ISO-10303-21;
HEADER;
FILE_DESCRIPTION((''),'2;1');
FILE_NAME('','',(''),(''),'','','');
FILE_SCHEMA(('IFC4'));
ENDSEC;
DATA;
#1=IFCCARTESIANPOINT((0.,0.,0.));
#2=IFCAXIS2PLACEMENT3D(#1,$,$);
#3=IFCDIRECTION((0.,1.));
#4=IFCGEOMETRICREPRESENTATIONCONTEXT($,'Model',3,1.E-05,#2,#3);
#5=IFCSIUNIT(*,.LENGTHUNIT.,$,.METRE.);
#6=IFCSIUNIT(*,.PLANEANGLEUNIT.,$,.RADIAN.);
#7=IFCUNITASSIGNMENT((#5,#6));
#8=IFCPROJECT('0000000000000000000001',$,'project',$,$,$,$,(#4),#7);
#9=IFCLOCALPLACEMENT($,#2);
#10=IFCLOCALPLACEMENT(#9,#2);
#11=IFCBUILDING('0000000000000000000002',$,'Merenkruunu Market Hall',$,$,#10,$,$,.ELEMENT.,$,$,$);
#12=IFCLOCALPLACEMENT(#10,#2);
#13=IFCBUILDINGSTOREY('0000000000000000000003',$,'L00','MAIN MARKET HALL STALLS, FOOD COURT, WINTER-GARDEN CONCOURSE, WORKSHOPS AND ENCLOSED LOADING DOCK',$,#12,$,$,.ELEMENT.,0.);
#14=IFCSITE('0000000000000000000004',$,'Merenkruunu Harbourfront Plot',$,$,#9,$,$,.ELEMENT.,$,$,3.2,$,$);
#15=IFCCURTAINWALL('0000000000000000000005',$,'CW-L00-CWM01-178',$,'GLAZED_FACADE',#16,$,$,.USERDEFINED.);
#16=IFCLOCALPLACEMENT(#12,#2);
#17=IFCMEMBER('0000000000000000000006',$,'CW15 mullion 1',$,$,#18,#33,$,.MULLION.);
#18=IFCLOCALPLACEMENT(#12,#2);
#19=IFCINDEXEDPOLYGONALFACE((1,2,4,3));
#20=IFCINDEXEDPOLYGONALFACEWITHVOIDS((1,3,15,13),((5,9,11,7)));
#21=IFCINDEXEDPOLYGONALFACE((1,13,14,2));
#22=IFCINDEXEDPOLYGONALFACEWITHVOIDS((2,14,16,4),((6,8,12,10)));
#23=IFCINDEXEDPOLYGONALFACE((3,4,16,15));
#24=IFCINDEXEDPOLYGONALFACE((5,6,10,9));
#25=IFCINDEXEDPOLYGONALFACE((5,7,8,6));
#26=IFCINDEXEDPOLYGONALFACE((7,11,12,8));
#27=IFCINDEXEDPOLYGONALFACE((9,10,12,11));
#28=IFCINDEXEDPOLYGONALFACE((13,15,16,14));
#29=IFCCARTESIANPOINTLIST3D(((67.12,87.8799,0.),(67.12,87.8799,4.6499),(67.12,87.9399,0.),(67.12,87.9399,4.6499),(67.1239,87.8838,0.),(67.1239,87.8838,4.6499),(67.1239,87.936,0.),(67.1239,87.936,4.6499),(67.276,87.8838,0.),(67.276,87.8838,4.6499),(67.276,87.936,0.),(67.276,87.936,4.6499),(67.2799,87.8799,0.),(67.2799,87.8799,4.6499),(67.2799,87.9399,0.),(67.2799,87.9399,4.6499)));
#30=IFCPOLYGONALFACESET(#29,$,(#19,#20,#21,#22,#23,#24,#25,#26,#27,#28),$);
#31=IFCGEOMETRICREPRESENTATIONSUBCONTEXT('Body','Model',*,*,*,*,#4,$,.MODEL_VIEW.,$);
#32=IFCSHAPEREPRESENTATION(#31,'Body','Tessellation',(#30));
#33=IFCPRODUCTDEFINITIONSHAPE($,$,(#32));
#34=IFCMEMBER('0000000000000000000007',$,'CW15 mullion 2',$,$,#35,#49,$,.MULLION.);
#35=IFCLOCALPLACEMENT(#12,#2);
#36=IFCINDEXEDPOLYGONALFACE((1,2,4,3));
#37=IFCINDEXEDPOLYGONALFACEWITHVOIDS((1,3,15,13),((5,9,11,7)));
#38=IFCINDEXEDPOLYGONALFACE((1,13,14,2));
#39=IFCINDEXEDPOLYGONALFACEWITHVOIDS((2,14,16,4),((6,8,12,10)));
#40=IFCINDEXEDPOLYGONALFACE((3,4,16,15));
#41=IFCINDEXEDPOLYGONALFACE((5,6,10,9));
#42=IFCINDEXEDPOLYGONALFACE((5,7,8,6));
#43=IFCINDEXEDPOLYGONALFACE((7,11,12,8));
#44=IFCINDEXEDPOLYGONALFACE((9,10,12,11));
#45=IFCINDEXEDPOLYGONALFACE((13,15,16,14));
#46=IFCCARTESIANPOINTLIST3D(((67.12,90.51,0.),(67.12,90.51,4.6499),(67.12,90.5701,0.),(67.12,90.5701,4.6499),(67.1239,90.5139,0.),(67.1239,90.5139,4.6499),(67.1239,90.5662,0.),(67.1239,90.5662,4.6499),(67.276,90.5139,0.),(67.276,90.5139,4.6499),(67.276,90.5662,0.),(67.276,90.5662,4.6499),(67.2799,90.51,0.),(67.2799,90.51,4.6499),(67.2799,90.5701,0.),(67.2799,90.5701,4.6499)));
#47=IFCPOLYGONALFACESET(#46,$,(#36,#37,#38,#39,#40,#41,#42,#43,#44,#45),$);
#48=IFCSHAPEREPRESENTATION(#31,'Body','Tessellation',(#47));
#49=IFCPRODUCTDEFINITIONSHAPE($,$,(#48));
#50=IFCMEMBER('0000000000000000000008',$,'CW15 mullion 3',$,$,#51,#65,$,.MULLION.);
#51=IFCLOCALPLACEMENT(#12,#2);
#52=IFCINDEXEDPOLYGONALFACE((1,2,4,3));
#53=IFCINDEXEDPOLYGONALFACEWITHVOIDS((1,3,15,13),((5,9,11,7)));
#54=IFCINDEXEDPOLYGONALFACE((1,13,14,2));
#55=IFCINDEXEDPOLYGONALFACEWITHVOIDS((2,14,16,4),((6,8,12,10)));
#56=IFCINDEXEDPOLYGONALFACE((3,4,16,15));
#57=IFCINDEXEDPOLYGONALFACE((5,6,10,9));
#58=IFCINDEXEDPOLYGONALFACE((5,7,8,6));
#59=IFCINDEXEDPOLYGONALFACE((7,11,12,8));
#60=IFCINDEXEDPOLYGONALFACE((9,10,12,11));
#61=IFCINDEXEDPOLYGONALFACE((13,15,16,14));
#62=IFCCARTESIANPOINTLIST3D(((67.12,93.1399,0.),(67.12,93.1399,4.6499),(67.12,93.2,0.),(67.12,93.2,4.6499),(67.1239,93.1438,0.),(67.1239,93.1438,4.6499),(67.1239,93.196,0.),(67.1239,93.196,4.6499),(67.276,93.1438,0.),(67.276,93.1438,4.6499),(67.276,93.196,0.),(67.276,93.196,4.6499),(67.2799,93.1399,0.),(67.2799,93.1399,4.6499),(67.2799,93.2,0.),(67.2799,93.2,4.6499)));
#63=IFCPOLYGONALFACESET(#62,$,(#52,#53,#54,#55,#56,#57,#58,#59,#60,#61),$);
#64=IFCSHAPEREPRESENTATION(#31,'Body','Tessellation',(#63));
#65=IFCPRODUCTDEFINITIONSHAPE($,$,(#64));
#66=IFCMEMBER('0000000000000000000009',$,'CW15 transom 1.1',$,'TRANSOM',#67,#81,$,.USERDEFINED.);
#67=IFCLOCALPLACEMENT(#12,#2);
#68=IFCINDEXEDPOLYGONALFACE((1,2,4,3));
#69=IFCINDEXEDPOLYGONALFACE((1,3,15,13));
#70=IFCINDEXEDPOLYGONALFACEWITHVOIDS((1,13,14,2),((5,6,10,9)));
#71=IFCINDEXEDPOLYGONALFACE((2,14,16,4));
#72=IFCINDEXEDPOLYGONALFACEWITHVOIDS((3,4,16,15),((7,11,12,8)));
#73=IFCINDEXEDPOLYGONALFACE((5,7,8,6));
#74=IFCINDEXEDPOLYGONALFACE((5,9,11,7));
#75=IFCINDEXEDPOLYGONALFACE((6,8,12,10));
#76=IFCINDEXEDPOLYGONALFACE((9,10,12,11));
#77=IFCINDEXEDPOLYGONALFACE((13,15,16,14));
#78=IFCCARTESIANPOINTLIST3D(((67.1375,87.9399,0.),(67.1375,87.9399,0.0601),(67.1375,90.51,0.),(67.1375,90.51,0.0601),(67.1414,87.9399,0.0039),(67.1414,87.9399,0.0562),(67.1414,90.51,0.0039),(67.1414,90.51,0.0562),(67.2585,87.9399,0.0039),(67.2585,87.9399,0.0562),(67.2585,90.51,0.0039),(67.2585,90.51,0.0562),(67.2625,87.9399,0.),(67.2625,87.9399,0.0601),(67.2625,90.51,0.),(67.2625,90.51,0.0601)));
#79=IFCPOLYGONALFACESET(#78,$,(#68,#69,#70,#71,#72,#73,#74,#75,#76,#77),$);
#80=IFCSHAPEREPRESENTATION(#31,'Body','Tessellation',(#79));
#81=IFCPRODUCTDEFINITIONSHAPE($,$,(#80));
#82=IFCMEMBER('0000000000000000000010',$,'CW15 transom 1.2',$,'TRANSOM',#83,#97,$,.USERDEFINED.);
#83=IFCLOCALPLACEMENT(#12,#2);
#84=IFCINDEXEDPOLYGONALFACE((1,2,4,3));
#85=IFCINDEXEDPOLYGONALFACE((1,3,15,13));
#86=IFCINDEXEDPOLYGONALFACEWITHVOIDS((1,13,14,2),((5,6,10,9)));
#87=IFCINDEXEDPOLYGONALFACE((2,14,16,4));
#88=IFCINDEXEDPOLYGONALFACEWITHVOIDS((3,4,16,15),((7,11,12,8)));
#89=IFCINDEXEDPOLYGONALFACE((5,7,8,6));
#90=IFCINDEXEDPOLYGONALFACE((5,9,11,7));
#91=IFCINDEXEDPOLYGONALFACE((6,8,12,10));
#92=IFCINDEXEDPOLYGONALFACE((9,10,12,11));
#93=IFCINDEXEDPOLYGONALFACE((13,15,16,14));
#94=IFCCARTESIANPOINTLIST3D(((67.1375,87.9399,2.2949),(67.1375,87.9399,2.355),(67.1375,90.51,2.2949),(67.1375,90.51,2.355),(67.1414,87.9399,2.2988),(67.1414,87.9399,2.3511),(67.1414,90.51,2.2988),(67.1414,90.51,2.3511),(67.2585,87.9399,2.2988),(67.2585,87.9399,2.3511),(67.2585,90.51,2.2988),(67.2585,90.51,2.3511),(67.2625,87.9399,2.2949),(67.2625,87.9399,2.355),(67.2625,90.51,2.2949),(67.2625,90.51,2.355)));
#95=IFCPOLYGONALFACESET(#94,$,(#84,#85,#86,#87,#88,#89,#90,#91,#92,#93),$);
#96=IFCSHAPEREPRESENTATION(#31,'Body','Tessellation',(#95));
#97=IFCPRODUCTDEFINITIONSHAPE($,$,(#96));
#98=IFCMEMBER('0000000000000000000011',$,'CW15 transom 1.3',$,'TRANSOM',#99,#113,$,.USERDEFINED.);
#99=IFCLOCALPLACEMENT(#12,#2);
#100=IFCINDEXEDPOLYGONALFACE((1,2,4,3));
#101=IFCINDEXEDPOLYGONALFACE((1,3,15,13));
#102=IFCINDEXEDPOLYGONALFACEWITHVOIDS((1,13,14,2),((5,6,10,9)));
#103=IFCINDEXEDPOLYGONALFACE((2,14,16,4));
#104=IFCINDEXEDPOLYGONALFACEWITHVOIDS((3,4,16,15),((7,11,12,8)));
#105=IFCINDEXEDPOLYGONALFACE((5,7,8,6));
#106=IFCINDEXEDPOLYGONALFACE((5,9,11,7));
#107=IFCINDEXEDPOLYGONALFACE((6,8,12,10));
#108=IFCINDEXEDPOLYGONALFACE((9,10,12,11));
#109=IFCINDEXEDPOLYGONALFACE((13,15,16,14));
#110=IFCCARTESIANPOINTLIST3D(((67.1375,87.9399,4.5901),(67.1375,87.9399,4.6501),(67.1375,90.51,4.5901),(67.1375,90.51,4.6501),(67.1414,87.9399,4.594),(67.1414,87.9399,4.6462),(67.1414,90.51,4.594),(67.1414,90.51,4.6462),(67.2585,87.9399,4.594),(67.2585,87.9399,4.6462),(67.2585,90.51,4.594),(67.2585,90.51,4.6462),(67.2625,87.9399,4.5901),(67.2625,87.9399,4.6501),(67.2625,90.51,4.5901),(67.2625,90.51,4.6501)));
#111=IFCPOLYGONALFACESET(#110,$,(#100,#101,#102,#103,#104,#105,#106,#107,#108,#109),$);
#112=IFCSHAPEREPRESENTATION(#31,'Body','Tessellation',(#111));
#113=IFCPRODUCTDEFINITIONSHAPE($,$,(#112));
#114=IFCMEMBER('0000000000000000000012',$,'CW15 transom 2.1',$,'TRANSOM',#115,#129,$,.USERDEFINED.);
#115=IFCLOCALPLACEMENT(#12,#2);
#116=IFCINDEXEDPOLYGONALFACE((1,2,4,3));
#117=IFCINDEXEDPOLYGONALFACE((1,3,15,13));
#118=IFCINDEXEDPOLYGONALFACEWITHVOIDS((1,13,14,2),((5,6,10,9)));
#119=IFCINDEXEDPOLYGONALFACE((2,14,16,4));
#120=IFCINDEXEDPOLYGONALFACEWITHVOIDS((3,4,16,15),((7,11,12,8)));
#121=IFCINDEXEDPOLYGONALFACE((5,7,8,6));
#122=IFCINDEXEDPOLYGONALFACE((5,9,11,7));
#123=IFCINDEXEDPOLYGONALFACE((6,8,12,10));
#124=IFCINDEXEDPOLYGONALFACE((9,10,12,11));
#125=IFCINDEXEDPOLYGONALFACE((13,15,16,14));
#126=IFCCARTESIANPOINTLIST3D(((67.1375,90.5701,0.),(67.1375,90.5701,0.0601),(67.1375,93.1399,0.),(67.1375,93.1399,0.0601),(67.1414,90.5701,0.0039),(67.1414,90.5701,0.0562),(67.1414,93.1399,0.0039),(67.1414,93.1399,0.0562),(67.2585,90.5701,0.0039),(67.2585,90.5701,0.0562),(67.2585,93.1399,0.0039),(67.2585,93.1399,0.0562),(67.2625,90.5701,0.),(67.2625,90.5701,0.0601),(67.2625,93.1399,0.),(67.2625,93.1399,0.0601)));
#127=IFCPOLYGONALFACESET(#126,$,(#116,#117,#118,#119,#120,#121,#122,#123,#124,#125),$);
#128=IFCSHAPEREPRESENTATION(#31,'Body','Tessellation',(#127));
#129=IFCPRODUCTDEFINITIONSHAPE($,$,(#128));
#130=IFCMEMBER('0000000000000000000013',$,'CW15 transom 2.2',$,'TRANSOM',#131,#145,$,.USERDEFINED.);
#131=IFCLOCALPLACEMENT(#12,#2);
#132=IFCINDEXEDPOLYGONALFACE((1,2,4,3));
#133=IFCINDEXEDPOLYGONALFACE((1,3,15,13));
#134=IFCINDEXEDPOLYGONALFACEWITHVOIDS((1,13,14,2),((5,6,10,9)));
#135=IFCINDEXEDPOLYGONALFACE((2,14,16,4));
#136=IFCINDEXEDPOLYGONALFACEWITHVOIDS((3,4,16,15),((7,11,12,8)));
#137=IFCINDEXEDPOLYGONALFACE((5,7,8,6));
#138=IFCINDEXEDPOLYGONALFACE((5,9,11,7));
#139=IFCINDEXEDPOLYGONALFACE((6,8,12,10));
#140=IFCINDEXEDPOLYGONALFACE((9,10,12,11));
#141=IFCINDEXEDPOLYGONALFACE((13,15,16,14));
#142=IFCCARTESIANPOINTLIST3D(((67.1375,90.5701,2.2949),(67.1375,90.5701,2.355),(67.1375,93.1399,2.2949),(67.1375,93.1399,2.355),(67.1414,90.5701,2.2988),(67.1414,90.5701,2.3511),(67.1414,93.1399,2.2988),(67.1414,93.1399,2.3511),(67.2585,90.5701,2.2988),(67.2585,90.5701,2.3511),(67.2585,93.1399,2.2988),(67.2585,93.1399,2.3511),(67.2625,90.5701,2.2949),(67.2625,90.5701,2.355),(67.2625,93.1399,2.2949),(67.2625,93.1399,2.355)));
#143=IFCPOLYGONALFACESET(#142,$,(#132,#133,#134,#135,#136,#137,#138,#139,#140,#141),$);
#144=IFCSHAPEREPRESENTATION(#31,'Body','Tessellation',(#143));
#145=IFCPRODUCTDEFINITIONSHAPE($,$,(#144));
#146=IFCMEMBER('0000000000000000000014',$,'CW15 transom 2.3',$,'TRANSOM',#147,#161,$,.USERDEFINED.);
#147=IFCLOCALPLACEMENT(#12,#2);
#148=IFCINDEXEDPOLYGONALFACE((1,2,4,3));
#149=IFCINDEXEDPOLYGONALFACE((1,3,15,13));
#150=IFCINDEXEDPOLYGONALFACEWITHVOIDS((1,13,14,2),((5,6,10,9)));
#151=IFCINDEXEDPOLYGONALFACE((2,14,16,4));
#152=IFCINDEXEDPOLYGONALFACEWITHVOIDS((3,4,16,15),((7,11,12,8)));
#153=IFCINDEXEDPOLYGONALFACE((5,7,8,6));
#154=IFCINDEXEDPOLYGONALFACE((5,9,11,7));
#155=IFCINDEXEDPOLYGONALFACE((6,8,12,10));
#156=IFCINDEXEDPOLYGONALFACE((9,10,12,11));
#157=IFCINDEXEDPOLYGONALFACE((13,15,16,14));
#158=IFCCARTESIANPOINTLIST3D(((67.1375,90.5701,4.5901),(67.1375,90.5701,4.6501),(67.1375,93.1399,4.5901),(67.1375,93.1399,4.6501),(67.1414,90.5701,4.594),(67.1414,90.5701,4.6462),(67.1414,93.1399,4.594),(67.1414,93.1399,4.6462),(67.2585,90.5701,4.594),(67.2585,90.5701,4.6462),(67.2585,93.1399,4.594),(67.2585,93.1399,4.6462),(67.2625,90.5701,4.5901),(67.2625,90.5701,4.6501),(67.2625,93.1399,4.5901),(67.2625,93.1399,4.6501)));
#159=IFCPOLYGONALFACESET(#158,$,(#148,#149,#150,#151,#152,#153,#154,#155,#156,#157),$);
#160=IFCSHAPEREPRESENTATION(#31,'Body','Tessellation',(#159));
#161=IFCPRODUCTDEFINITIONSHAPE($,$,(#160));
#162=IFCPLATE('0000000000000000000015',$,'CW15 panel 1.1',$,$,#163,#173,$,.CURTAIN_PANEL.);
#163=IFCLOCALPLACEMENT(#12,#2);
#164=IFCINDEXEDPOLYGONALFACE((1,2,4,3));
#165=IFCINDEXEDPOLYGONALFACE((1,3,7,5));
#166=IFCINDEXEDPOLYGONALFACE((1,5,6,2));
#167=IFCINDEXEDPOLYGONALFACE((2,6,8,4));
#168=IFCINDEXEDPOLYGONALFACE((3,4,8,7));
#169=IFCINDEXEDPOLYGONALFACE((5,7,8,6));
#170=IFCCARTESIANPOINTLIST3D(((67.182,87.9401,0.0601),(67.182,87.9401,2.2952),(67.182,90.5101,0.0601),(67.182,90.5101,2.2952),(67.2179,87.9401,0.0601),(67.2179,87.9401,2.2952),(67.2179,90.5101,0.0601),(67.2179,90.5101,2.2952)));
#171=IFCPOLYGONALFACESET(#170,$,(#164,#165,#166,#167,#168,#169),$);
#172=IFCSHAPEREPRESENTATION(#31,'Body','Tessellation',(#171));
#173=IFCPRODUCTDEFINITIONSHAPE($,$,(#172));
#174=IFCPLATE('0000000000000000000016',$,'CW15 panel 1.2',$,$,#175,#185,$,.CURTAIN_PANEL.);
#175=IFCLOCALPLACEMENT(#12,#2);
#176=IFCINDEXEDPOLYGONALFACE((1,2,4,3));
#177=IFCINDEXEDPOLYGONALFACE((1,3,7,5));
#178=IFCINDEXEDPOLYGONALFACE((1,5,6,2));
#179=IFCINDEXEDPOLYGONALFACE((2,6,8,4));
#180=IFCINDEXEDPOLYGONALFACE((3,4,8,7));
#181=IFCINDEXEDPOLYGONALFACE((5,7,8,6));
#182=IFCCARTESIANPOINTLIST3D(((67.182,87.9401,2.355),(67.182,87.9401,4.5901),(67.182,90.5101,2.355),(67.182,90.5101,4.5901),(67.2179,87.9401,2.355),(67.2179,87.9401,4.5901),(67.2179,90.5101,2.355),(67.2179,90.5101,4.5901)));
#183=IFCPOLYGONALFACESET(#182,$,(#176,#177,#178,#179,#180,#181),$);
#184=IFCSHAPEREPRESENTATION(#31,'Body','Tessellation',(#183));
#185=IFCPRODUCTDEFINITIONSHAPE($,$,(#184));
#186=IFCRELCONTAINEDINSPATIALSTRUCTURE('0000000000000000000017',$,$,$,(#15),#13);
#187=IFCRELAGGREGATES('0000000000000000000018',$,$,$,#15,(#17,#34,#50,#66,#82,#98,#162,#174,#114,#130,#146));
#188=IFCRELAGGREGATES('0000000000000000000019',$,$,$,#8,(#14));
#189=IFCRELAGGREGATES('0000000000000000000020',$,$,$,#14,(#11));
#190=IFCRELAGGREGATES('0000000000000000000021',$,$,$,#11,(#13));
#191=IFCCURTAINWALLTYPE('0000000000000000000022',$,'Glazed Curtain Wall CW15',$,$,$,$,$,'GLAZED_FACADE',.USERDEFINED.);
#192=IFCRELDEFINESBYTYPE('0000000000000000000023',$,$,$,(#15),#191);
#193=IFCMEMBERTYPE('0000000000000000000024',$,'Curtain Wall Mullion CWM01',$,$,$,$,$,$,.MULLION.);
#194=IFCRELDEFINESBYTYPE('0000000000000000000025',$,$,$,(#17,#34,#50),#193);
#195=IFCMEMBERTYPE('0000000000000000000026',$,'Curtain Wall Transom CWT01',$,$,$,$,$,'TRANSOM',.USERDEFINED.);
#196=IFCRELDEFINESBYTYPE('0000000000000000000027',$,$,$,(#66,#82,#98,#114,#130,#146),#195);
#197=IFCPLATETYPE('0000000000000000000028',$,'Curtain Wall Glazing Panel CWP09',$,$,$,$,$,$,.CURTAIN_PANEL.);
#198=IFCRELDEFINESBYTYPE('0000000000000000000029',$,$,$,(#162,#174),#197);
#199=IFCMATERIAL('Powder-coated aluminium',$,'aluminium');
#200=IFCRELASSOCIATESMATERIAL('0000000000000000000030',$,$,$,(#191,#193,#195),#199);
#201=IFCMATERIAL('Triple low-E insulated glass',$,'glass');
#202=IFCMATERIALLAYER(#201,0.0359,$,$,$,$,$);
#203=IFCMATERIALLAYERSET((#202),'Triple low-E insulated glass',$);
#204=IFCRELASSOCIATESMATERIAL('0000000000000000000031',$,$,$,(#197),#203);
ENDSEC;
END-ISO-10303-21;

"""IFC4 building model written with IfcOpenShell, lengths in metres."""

from ifc_helpers import new_model, si_unit, direction, frame, origin, origin_2d, place, context, subcontext, project, spatial, rectangle, hollow_rectangle, extrude, material, layer, layer_set, material_profile, profile_set, type_object, element, aggregate, save


model = new_model("IFC4")

# Units and contexts
model_context = context("Model", 3, precision=1e-05, world=origin(), true_north=direction((0.0, 1.0)))
body_context = subcontext(model_context, "Body", "Model", "MODEL_VIEW")
ifc_project = project(units=[si_unit("LENGTHUNIT", "METRE"), si_unit("PLANEANGLEUNIT", "RADIAN")], contexts=[model_context])

# Site, building, storey
site_placement = place(None, origin())
site = spatial("IfcSite", under=ifc_project, at=site_placement, Name="Merenkruunu Harbourfront Plot", CompositionType="ELEMENT", RefElevation=3.2)
building_placement = place(site_placement, origin())
building = spatial("IfcBuilding", under=site, at=building_placement, Name="Merenkruunu Market Hall", CompositionType="ELEMENT")
storey_placement = place(building_placement, origin())
storey = spatial("IfcBuildingStorey", under=building, at=storey_placement, Name="L00", Description="MAIN MARKET HALL STALLS, FOOD COURT, WINTER-GARDEN CONCOURSE, WORKSHOPS AND ENCLOSED LOADING DOCK", CompositionType="ELEMENT", Elevation=0.0)

# Curtain wall, members, plates
ifc_material_1 = material(Name="Powder-coated aluminium", Category="aluminium")
curtain_wall_type = type_object("IfcCurtainWallType", Name="Glazed Curtain Wall CW15", ElementType="GLAZED_FACADE", PredefinedType="USERDEFINED", material=ifc_material_1)
curtain_wall_placement = place(storey_placement, origin())
curtain_wall = element("IfcCurtainWall", 1, at=curtain_wall_placement, inside=storey, type_object=curtain_wall_type, Name="CW-L00-CWM01-178", ObjectType="GLAZED_FACADE", PredefinedType="USERDEFINED")
ifc_material_profile_1 = material_profile(ifc_material_1, hollow_rectangle(XDim=0.0601, YDim=0.1599, WallThickness=0.0039, at=origin_2d()), Name="ALU 60x160x4")
ifc_profile_set_1 = profile_set([ifc_material_profile_1], Name="Powder-coated aluminium")
member_type_1 = type_object("IfcMemberType", Name="Curtain Wall Mullion CWM01", PredefinedType="MULLION", material=ifc_profile_set_1)
member_1_placement = place(storey_placement, frame((67.2, 87.9099, 0.0), z_axis=(0.0, 0.0, 1.0), x_axis=(0.0, 1.0, 0.0)))
member_1 = element("IfcMember", 2, at=member_1_placement, type_object=member_type_1, Name="CW15 mullion 1", PredefinedType="MULLION", context=body_context, shape_type="SweptSolid", body=[
    extrude(hollow_rectangle(XDim=0.0601, YDim=0.1599, WallThickness=0.0039, at=origin_2d()), origin(), (0.0, 0.0, 1.0), 4.6499),
])
member_2_placement = place(storey_placement, frame((67.2, 90.54, 0.0), z_axis=(0.0, 0.0, 1.0), x_axis=(0.0, 1.0, 0.0)))
member_2 = element("IfcMember", 3, at=member_2_placement, type_object=member_type_1, Name="CW15 mullion 2", PredefinedType="MULLION", context=body_context, shape_type="SweptSolid", body=[
    extrude(hollow_rectangle(XDim=0.0601, YDim=0.1599, WallThickness=0.0039, at=origin_2d()), origin(), (0.0, 0.0, 1.0), 4.6499),
])
member_3_placement = place(storey_placement, frame((67.2, 93.1699, 0.0), z_axis=(0.0, 0.0, 1.0), x_axis=(0.0, 1.0, 0.0)))
member_3 = element("IfcMember", 4, at=member_3_placement, type_object=member_type_1, Name="CW15 mullion 3", PredefinedType="MULLION", context=body_context, shape_type="SweptSolid", body=[
    extrude(hollow_rectangle(XDim=0.0601, YDim=0.1599, WallThickness=0.0039, at=origin_2d()), origin(), (0.0, 0.0, 1.0), 4.6499),
])
ifc_material_profile_2 = material_profile(ifc_material_1, hollow_rectangle(XDim=0.0601, YDim=0.125, WallThickness=0.0039, at=origin_2d()), Name="ALU 60x125x4")
ifc_profile_set_2 = profile_set([ifc_material_profile_2], Name="Powder-coated aluminium")
member_type_2 = type_object("IfcMemberType", Name="Curtain Wall Transom CWT01", ElementType="TRANSOM", PredefinedType="USERDEFINED", material=ifc_profile_set_2)
member_4_placement = place(storey_placement, frame((67.2, 87.9399, 0.03), z_axis=(0.0, 1.0, 0.0), x_axis=(0.0, 0.0, 1.0)))
member_4 = element("IfcMember", 5, at=member_4_placement, type_object=member_type_2, Name="CW15 transom 1.1", ObjectType="TRANSOM", PredefinedType="USERDEFINED", context=body_context, shape_type="SweptSolid", body=[
    extrude(hollow_rectangle(XDim=0.0601, YDim=0.125, WallThickness=0.0039, at=origin_2d()), origin(), (0.0, 0.0, 1.0), 2.5701),
])
member_5_placement = place(storey_placement, frame((67.2, 87.9399, 2.325), z_axis=(0.0, 1.0, 0.0), x_axis=(0.0, 0.0, 1.0)))
member_5 = element("IfcMember", 6, at=member_5_placement, type_object=member_type_2, Name="CW15 transom 1.2", ObjectType="TRANSOM", PredefinedType="USERDEFINED", context=body_context, shape_type="SweptSolid", body=[
    extrude(hollow_rectangle(XDim=0.0601, YDim=0.125, WallThickness=0.0039, at=origin_2d()), origin(), (0.0, 0.0, 1.0), 2.5701),
])
member_6_placement = place(storey_placement, frame((67.2, 87.9399, 4.6201), z_axis=(0.0, 1.0, 0.0), x_axis=(0.0, 0.0, 1.0)))
member_6 = element("IfcMember", 7, at=member_6_placement, type_object=member_type_2, Name="CW15 transom 1.3", ObjectType="TRANSOM", PredefinedType="USERDEFINED", context=body_context, shape_type="SweptSolid", body=[
    extrude(hollow_rectangle(XDim=0.0601, YDim=0.125, WallThickness=0.0039, at=origin_2d()), origin(), (0.0, 0.0, 1.0), 2.5701),
])
member_7_placement = place(storey_placement, frame((67.2, 90.5701, 0.03), z_axis=(0.0, 1.0, 0.0), x_axis=(0.0, 0.0, 1.0)))
member_7 = element("IfcMember", 8, at=member_7_placement, type_object=member_type_2, Name="CW15 transom 2.1", ObjectType="TRANSOM", PredefinedType="USERDEFINED", context=body_context, shape_type="SweptSolid", body=[
    extrude(hollow_rectangle(XDim=0.0601, YDim=0.125, WallThickness=0.0039, at=origin_2d()), origin(), (0.0, 0.0, 1.0), 2.5698),
])
member_8_placement = place(storey_placement, frame((67.2, 90.5701, 2.325), z_axis=(0.0, 1.0, 0.0), x_axis=(0.0, 0.0, 1.0)))
member_8 = element("IfcMember", 9, at=member_8_placement, type_object=member_type_2, Name="CW15 transom 2.2", ObjectType="TRANSOM", PredefinedType="USERDEFINED", context=body_context, shape_type="SweptSolid", body=[
    extrude(hollow_rectangle(XDim=0.0601, YDim=0.125, WallThickness=0.0039, at=origin_2d()), origin(), (0.0, 0.0, 1.0), 2.5698),
])
member_9_placement = place(storey_placement, frame((67.2, 90.5701, 4.6201), z_axis=(0.0, 1.0, 0.0), x_axis=(0.0, 0.0, 1.0)))
member_9 = element("IfcMember", 10, at=member_9_placement, type_object=member_type_2, Name="CW15 transom 2.3", ObjectType="TRANSOM", PredefinedType="USERDEFINED", context=body_context, shape_type="SweptSolid", body=[
    extrude(hollow_rectangle(XDim=0.0601, YDim=0.125, WallThickness=0.0039, at=origin_2d()), origin(), (0.0, 0.0, 1.0), 2.5698),
])
ifc_material_2 = material(Name="Triple low-E insulated glass", Category="glass")
ifc_layer_1 = layer(ifc_material_2, 0.0359)
ifc_layer_set_1 = layer_set([ifc_layer_1], Name="Triple low-E insulated glass")
plate_type = type_object("IfcPlateType", Name="Curtain Wall Glazing Panel CWP09", PredefinedType="CURTAIN_PANEL", material=ifc_layer_set_1)
plate_1_placement = place(storey_placement, frame((67.2, 89.2251, 0.0601), z_axis=(0.0, 0.0, 1.0), x_axis=(0.0, 1.0, 0.0)))
plate_1 = element("IfcPlate", 11, at=plate_1_placement, type_object=plate_type, Name="CW15 panel 1.1", PredefinedType="CURTAIN_PANEL", context=body_context, shape_type="SweptSolid", body=[
    extrude(rectangle(XDim=2.5701, YDim=0.0359, at=origin_2d()), origin(), (0.0, 0.0, 1.0), 2.2351),
])
plate_2_placement = place(storey_placement, frame((67.2, 89.2251, 2.355), z_axis=(0.0, 0.0, 1.0), x_axis=(0.0, 1.0, 0.0)))
plate_2 = element("IfcPlate", 12, at=plate_2_placement, type_object=plate_type, Name="CW15 panel 1.2", PredefinedType="CURTAIN_PANEL", context=body_context, shape_type="SweptSolid", body=[
    extrude(rectangle(XDim=2.5701, YDim=0.0359, at=origin_2d()), origin(), (0.0, 0.0, 1.0), 2.2351),
])
aggregate(curtain_wall, [member_1, member_2, member_3, member_4, member_5, member_6, plate_1, plate_2, member_7, member_8, member_9])

save(model, "model.ifc")
